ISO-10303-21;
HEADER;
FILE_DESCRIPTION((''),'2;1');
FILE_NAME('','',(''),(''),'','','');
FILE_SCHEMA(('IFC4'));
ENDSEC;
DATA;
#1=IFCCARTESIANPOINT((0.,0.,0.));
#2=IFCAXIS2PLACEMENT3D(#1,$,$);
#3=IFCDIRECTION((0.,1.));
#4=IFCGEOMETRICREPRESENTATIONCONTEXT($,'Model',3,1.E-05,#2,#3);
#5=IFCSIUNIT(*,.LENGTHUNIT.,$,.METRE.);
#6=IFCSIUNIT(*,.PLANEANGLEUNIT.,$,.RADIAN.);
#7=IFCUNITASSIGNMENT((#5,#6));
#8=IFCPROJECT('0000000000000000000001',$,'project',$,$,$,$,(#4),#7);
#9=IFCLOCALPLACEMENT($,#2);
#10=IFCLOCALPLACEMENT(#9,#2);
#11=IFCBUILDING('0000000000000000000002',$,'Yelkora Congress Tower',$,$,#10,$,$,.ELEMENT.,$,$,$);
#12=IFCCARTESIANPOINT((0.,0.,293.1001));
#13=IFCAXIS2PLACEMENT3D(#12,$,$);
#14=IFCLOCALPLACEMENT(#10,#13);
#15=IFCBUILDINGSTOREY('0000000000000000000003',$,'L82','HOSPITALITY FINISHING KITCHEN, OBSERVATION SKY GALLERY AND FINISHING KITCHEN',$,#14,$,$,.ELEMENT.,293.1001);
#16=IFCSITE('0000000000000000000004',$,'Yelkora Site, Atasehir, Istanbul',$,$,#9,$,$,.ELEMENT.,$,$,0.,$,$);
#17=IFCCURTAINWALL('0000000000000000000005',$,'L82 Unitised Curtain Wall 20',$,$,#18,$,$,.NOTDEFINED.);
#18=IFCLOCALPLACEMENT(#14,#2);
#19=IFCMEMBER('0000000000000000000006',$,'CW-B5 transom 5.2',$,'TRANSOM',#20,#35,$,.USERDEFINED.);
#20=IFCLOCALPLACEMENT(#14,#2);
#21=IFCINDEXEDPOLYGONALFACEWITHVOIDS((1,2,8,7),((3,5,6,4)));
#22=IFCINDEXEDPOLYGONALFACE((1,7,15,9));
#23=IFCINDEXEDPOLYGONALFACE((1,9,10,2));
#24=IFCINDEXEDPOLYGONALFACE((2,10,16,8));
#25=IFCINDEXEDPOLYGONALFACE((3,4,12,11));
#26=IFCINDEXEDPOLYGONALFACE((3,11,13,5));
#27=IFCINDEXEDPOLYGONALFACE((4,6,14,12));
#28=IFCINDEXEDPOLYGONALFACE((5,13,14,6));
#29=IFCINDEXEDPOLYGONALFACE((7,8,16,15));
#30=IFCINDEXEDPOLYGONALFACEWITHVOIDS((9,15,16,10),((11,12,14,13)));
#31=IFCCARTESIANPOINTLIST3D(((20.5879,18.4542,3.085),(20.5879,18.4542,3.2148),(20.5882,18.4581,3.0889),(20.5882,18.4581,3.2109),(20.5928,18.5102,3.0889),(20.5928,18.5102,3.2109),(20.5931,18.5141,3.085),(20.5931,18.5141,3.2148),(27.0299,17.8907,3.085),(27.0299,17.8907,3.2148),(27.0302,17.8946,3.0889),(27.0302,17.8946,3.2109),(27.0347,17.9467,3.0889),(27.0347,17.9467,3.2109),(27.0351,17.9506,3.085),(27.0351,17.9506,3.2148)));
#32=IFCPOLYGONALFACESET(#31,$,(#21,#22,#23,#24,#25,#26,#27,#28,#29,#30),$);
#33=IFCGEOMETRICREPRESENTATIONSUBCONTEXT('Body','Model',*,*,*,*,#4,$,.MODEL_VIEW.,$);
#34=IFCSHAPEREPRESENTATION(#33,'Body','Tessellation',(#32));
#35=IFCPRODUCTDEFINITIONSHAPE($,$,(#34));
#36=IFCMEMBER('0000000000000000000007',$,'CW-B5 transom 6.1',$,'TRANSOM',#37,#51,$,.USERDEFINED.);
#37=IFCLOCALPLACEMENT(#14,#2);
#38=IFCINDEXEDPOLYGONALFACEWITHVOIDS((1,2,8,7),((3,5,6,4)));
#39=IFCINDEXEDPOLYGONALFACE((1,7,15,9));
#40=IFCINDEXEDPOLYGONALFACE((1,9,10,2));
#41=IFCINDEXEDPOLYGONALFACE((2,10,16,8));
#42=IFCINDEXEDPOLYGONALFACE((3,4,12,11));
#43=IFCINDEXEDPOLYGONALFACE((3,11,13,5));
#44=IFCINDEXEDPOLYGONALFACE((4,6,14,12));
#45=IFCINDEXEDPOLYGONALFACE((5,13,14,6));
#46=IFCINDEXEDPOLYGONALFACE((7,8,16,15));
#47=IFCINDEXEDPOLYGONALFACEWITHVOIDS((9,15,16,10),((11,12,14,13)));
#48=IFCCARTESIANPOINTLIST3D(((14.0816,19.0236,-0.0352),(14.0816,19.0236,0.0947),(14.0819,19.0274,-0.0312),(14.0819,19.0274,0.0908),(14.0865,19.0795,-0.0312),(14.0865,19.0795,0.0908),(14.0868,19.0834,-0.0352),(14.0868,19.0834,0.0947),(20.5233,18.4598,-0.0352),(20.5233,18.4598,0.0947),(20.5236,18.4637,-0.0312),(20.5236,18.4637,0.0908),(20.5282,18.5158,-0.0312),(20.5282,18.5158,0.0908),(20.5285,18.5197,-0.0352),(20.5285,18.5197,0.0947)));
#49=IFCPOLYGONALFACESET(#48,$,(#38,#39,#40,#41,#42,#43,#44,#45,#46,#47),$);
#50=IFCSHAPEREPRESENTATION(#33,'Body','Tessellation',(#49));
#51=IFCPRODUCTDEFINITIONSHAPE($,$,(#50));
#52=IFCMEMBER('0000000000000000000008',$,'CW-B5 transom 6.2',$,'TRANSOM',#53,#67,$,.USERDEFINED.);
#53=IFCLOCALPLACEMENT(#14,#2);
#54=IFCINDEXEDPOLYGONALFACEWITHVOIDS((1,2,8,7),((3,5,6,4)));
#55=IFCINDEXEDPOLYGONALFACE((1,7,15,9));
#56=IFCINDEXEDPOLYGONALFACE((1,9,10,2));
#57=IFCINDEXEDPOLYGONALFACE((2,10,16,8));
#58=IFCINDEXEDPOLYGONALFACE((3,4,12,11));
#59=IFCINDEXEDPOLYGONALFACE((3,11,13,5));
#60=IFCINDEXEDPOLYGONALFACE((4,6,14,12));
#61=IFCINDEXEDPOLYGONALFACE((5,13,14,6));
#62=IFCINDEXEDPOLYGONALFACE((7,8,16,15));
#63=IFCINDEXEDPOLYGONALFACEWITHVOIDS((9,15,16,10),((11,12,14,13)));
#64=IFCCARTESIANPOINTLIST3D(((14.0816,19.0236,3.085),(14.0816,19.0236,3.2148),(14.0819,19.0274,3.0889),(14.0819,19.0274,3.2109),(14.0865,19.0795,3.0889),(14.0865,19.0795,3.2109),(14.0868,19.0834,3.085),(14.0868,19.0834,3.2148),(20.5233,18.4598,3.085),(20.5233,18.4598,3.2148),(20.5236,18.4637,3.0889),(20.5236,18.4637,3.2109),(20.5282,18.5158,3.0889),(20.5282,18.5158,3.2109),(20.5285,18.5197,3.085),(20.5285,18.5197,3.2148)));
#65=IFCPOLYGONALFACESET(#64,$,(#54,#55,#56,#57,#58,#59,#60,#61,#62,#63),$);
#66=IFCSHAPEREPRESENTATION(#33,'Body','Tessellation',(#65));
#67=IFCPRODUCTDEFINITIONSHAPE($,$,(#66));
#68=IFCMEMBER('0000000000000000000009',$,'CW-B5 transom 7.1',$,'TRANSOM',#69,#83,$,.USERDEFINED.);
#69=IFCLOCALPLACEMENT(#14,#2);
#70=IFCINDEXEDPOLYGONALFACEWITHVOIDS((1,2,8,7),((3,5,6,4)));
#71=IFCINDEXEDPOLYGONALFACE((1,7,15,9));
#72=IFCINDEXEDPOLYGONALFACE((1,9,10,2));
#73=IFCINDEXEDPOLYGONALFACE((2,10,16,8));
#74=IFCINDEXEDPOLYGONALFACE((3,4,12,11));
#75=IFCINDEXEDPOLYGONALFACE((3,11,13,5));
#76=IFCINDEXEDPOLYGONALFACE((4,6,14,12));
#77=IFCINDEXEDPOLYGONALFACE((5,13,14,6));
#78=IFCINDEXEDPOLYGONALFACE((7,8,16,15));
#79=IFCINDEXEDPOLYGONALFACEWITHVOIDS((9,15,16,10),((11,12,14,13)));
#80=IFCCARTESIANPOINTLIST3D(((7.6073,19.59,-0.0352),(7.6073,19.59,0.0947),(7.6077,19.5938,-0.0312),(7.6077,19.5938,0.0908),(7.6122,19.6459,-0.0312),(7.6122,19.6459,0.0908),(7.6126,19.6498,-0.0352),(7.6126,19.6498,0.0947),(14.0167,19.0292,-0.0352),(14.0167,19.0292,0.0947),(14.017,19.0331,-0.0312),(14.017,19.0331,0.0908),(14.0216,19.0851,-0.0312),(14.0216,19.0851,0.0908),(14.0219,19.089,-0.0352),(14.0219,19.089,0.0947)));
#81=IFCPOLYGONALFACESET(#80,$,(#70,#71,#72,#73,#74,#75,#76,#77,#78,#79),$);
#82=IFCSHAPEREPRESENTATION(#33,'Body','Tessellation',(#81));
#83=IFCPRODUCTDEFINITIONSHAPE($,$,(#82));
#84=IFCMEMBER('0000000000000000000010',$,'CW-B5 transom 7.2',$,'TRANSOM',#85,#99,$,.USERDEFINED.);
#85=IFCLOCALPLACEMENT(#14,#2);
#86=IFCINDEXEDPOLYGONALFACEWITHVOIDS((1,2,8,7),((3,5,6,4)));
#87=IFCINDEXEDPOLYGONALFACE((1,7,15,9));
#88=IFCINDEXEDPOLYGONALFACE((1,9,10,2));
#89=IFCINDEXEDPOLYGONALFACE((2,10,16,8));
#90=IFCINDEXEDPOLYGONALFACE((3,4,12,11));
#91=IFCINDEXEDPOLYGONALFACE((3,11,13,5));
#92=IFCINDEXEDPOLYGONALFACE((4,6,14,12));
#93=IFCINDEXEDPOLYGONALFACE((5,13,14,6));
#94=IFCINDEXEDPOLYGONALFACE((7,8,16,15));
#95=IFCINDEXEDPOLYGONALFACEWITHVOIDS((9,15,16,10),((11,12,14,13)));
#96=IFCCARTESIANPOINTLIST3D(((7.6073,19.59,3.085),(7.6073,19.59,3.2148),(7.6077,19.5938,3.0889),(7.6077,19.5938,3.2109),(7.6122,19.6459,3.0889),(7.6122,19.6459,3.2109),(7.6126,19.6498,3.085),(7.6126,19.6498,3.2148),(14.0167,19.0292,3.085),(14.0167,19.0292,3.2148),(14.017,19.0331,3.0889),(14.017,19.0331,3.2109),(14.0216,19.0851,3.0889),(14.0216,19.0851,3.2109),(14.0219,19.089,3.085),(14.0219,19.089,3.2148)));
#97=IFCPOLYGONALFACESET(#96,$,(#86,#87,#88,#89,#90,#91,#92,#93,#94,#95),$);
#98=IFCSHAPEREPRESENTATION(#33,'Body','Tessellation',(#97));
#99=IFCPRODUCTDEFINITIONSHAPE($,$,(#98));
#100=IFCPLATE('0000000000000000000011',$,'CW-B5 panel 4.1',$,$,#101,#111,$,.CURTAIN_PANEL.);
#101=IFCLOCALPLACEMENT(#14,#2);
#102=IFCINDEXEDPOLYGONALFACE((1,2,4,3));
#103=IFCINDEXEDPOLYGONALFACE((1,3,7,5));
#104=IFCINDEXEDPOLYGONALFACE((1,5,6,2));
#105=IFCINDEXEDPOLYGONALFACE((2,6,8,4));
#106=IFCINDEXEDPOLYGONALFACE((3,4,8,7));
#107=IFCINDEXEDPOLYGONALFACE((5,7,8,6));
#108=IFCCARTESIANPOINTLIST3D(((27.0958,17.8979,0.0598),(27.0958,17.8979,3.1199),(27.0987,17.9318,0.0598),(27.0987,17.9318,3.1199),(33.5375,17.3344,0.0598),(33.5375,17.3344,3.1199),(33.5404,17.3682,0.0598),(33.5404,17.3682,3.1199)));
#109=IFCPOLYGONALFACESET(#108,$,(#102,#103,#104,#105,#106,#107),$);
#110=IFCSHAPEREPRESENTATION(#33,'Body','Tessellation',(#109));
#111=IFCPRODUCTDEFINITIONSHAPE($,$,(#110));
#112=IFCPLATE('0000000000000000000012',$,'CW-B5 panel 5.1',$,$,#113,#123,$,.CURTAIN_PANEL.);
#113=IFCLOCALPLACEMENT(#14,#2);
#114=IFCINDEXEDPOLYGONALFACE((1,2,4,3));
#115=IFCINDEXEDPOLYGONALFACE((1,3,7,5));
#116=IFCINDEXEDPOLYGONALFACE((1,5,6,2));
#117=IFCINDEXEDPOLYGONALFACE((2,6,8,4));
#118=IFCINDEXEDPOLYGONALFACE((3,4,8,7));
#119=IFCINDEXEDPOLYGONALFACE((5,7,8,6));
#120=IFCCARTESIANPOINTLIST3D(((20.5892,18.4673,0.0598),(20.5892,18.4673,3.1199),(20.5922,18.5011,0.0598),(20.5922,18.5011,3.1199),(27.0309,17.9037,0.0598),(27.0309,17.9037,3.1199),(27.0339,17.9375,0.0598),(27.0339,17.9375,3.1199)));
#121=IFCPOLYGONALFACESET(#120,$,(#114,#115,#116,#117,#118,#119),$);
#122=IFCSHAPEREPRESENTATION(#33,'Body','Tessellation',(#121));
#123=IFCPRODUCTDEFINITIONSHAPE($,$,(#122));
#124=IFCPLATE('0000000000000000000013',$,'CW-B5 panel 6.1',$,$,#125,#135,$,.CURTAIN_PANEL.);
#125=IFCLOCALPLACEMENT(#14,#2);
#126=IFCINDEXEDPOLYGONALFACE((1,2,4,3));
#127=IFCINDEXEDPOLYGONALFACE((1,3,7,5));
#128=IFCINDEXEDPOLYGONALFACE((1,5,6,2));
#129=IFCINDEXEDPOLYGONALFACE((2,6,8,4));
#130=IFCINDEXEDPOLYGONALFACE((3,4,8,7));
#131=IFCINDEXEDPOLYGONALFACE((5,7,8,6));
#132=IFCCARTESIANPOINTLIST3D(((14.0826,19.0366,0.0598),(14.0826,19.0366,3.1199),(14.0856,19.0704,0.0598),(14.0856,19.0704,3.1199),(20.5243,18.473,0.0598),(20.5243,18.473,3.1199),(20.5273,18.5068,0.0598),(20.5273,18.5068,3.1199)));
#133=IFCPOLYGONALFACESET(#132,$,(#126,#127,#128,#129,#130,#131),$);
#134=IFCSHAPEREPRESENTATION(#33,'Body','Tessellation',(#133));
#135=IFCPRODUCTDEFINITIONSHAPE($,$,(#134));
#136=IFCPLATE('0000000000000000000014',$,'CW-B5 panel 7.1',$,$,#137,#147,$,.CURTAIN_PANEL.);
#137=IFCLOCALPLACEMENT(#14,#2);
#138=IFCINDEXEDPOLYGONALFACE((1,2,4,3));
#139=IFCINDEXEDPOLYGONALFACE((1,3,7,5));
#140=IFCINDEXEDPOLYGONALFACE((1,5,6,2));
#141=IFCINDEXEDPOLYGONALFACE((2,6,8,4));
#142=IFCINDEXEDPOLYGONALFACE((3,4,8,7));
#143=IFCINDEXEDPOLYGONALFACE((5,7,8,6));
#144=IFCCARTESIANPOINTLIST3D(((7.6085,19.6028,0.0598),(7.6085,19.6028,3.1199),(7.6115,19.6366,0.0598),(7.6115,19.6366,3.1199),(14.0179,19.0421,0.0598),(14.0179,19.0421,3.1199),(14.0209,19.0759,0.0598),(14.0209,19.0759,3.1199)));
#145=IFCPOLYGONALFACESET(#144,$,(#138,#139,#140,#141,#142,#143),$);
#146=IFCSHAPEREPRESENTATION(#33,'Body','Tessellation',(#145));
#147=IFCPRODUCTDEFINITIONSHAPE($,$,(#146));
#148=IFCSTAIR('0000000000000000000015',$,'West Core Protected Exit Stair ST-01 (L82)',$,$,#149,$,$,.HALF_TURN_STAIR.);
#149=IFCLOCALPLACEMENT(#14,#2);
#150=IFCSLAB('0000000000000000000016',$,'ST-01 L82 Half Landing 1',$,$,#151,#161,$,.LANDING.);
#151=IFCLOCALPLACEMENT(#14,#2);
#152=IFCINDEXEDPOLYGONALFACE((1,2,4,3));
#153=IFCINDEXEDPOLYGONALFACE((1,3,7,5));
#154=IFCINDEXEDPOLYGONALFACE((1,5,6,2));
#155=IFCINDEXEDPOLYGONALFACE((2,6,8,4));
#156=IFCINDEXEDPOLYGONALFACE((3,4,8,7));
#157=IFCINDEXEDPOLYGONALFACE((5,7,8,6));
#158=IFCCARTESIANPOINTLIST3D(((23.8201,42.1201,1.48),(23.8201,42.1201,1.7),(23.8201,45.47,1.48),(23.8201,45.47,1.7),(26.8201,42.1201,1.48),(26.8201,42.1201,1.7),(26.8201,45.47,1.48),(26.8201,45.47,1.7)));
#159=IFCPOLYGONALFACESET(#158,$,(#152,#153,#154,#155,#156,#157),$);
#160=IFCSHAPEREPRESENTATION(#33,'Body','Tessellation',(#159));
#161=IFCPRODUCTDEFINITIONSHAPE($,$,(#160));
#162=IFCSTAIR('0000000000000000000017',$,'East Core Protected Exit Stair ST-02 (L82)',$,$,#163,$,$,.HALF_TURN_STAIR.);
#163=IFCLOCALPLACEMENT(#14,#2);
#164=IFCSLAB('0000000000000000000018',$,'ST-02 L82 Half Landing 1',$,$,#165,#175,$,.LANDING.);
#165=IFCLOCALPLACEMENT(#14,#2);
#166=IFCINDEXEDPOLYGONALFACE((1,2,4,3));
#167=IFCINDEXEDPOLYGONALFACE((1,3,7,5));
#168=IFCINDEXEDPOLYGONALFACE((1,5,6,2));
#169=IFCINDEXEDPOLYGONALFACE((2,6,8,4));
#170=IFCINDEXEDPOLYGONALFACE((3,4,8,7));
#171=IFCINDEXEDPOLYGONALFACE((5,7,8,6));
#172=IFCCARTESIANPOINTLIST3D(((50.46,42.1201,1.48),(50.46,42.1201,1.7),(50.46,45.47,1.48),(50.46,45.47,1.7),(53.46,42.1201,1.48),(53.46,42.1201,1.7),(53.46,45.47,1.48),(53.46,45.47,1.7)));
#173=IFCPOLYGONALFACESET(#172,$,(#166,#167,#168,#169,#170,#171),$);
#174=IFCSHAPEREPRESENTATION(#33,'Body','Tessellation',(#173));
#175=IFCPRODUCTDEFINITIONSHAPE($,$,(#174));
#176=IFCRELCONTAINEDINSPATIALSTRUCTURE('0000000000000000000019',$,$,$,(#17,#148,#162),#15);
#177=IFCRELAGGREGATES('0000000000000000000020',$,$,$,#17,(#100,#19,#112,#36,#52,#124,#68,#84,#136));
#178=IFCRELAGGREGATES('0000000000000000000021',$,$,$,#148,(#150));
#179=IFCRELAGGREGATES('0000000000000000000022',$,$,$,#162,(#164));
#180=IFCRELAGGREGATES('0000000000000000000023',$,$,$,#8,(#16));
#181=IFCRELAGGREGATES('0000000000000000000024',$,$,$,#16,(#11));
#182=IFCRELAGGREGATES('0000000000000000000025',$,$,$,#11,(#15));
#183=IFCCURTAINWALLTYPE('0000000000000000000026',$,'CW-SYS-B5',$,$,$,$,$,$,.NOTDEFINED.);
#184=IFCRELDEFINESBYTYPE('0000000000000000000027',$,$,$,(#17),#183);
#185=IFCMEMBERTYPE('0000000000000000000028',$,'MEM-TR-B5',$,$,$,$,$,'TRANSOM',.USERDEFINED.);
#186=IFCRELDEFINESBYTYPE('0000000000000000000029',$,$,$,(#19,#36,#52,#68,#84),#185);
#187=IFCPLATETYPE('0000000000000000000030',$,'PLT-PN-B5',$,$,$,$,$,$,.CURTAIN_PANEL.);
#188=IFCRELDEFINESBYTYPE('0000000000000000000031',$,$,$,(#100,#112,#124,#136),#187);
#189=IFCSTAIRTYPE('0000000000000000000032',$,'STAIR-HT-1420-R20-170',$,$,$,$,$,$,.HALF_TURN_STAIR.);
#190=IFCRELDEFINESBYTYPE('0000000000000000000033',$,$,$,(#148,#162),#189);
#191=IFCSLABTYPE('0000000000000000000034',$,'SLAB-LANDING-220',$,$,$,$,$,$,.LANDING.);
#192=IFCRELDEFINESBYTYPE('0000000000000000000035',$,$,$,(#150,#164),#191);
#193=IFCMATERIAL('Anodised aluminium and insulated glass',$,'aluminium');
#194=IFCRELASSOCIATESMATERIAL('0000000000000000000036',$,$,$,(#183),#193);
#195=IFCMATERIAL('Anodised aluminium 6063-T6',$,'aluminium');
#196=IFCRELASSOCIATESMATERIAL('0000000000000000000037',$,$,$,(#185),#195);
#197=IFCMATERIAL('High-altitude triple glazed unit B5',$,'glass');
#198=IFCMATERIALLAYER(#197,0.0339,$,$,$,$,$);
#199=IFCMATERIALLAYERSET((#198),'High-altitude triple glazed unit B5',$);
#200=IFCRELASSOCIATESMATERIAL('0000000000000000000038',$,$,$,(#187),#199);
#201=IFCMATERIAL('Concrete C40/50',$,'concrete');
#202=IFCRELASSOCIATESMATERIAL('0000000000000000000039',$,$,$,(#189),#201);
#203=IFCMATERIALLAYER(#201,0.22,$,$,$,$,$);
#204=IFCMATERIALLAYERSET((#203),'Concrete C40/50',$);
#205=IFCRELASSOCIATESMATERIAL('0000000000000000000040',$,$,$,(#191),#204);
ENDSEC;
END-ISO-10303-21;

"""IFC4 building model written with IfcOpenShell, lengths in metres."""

from ifc_helpers import new_model, si_unit, direction, frame, origin, origin_2d, place, context, subcontext, project, spatial, polyline, rectangle, hollow_rectangle, outline, extrude, material, layer, layer_set, material_profile, profile_set, type_object, element, aggregate, save


model = new_model("IFC4")

# Units and contexts
model_context = context("Model", 3, precision=1e-05, world=origin(), true_north=direction((0.0, 1.0)))
body_context = subcontext(model_context, "Body", "Model", "MODEL_VIEW")
ifc_project = project(units=[si_unit("LENGTHUNIT", "METRE"), si_unit("PLANEANGLEUNIT", "RADIAN")], contexts=[model_context])

# Site, building, storey
site_placement = place(None, origin())
site = spatial("IfcSite", under=ifc_project, at=site_placement, Name="Yelkora Site, Atasehir, Istanbul", CompositionType="ELEMENT", RefElevation=0.0)
building_placement = place(site_placement, origin())
building = spatial("IfcBuilding", under=site, at=building_placement, Name="Yelkora Congress Tower", CompositionType="ELEMENT")
storey_placement = place(building_placement, frame((0.0, 0.0, 293.1001)))
storey = spatial("IfcBuildingStorey", under=building, at=storey_placement, Name="L82", Description="HOSPITALITY FINISHING KITCHEN, OBSERVATION SKY GALLERY AND FINISHING KITCHEN", CompositionType="ELEMENT", Elevation=293.1001)

# Curtain wall, members, plates
ifc_material_1 = material(Name="Anodised aluminium and insulated glass", Category="aluminium")
curtain_wall_type = type_object("IfcCurtainWallType", Name="CW-SYS-B5", PredefinedType="NOTDEFINED", material=ifc_material_1)
curtain_wall_placement = place(storey_placement, origin())
curtain_wall = element("IfcCurtainWall", 1, at=curtain_wall_placement, inside=storey, type_object=curtain_wall_type, Name="L82 Unitised Curtain Wall 20", PredefinedType="NOTDEFINED")
ifc_material_2 = material(Name="Anodised aluminium 6063-T6", Category="aluminium")
ifc_material_profile_1 = material_profile(ifc_material_2, hollow_rectangle(XDim=0.0601, YDim=0.1299, WallThickness=0.0039, at=origin_2d()), Name="ALU 60x130x4")
ifc_profile_set_1 = profile_set([ifc_material_profile_1], Name="Anodised aluminium 6063-T6")
member_type_1 = type_object("IfcMemberType", Name="MEM-TR-B5", ElementType="TRANSOM", PredefinedType="USERDEFINED", material=ifc_profile_set_1)
member_1_placement = place(storey_placement, frame((27.0325, 17.9207, 3.1499), z_axis=(-0.996196, 0.087138, 0.0), x_axis=(-0.087138, -0.996196, 0.0)))
member_1 = element("IfcMember", 2, at=member_1_placement, type_object=member_type_1, Name="CW-B5 transom 5.2", ObjectType="TRANSOM", PredefinedType="USERDEFINED", context=body_context, shape_type="SweptSolid", body=[
    extrude(hollow_rectangle(XDim=0.0601, YDim=0.1299, WallThickness=0.0039, at=origin_2d()), origin(), (0.0, 0.0, 1.0), 6.4666),
])
member_2_placement = place(storey_placement, frame((20.5259, 18.4897, 0.0298), z_axis=(-0.996193, 0.087179, 0.0), x_axis=(-0.087179, -0.996193, 0.0)))
member_2 = element("IfcMember", 3, at=member_2_placement, type_object=member_type_1, Name="CW-B5 transom 6.1", ObjectType="TRANSOM", PredefinedType="USERDEFINED", context=body_context, shape_type="SweptSolid", body=[
    extrude(hollow_rectangle(XDim=0.0601, YDim=0.1299, WallThickness=0.0039, at=origin_2d()), origin(), (0.0, 0.0, 1.0), 6.4663),
])
member_3_placement = place(storey_placement, frame((20.5259, 18.4897, 3.1499), z_axis=(-0.996193, 0.087179, 0.0), x_axis=(-0.087179, -0.996193, 0.0)))
member_3 = element("IfcMember", 4, at=member_3_placement, type_object=member_type_1, Name="CW-B5 transom 6.2", ObjectType="TRANSOM", PredefinedType="USERDEFINED", context=body_context, shape_type="SweptSolid", body=[
    extrude(hollow_rectangle(XDim=0.0601, YDim=0.1299, WallThickness=0.0039, at=origin_2d()), origin(), (0.0, 0.0, 1.0), 6.4663),
])
member_4_placement = place(storey_placement, frame((14.0193, 19.0591, 0.0298), z_axis=(-0.996194, 0.087162, 0.0), x_axis=(-0.087162, -0.996194, 0.0)))
member_4 = element("IfcMember", 5, at=member_4_placement, type_object=member_type_1, Name="CW-B5 transom 7.1", ObjectType="TRANSOM", PredefinedType="USERDEFINED", context=body_context, shape_type="SweptSolid", body=[
    extrude(hollow_rectangle(XDim=0.0601, YDim=0.1299, WallThickness=0.0039, at=origin_2d()), origin(), (0.0, 0.0, 1.0), 6.4338),
])
member_5_placement = place(storey_placement, frame((14.0193, 19.0591, 3.1499), z_axis=(-0.996194, 0.087162, 0.0), x_axis=(-0.087162, -0.996194, 0.0)))
member_5 = element("IfcMember", 6, at=member_5_placement, type_object=member_type_1, Name="CW-B5 transom 7.2", ObjectType="TRANSOM", PredefinedType="USERDEFINED", context=body_context, shape_type="SweptSolid", body=[
    extrude(hollow_rectangle(XDim=0.0601, YDim=0.1299, WallThickness=0.0039, at=origin_2d()), origin(), (0.0, 0.0, 1.0), 6.4338),
])
ifc_material_3 = material(Name="High-altitude triple glazed unit B5", Category="glass")
ifc_layer_1 = layer(ifc_material_3, 0.0339)
ifc_layer_set_1 = layer_set([ifc_layer_1], Name="High-altitude triple glazed unit B5")
plate_type = type_object("IfcPlateType", Name="PLT-PN-B5", PredefinedType="CURTAIN_PANEL", material=ifc_layer_set_1)
plate_1_placement = place(storey_placement, frame((30.3181, 17.6331, 0.0598), z_axis=(0.0, 0.0, 1.0), x_axis=(-0.996195, 0.087157, 0.0)))
plate_1 = element("IfcPlate", 7, at=plate_1_placement, type_object=plate_type, Name="CW-B5 panel 4.1", PredefinedType="CURTAIN_PANEL", context=body_context, shape_type="SweptSolid", body=[
    extrude(rectangle(XDim=6.4663, YDim=0.0339, at=origin_2d()), origin(), (0.0, 0.0, 1.0), 3.0601),
])
plate_2_placement = place(storey_placement, frame((23.8115, 18.2024, 0.0598), z_axis=(0.0, 0.0, 1.0), x_axis=(-0.996195, 0.087157, 0.0)))
plate_2 = element("IfcPlate", 8, at=plate_2_placement, type_object=plate_type, Name="CW-B5 panel 5.1", PredefinedType="CURTAIN_PANEL", context=body_context, shape_type="SweptSolid", body=[
    extrude(rectangle(XDim=6.4663, YDim=0.0339, at=origin_2d()), origin(), (0.0, 0.0, 1.0), 3.0601),
])
plate_3_placement = place(storey_placement, frame((17.3049, 18.7717, 0.0598), z_axis=(0.0, 0.0, 1.0), x_axis=(-0.996195, 0.087157, 0.0)))
plate_3 = element("IfcPlate", 9, at=plate_3_placement, type_object=plate_type, Name="CW-B5 panel 6.1", PredefinedType="CURTAIN_PANEL", context=body_context, shape_type="SweptSolid", body=[
    extrude(rectangle(XDim=6.4663, YDim=0.0339, at=origin_2d()), origin(), (0.0, 0.0, 1.0), 3.0601),
])
plate_4_placement = place(storey_placement, frame((10.8147, 19.3394, 0.0598), z_axis=(0.0, 0.0, 1.0), x_axis=(-0.996195, 0.087157, 0.0)))
plate_4 = element("IfcPlate", 10, at=plate_4_placement, type_object=plate_type, Name="CW-B5 panel 7.1", PredefinedType="CURTAIN_PANEL", context=body_context, shape_type="SweptSolid", body=[
    extrude(rectangle(XDim=6.4338, YDim=0.0339, at=origin_2d()), origin(), (0.0, 0.0, 1.0), 3.0601),
])
aggregate(curtain_wall, [plate_1, member_1, plate_2, member_2, member_3, plate_3, member_4, member_5, plate_4])

# Stairs, slabs
ifc_material_4 = material(Name="Concrete C40/50", Category="concrete")
stair_type = type_object("IfcStairType", Name="STAIR-HT-1420-R20-170", PredefinedType="HALF_TURN_STAIR", material=ifc_material_4)
stair_1_placement = place(storey_placement, origin())
stair_1 = element("IfcStair", 11, at=stair_1_placement, inside=storey, type_object=stair_type, Name="West Core Protected Exit Stair ST-01 (L82)", PredefinedType="HALF_TURN_STAIR")
ifc_layer_2 = layer(ifc_material_4, 0.22)
ifc_layer_set_2 = layer_set([ifc_layer_2], Name="Concrete C40/50")
slab_type_1 = type_object("IfcSlabType", Name="SLAB-LANDING-220", PredefinedType="LANDING", material=ifc_layer_set_2)
slab_1_placement = place(storey_placement, frame((0.0, 0.0, 1.48)))
slab_1 = element("IfcSlab", 12, at=slab_1_placement, type_object=slab_type_1, Name="ST-01 L82 Half Landing 1", PredefinedType="LANDING", context=body_context, shape_type="SweptSolid", body=[
    extrude(outline(polyline([(26.8201, 42.1201), (26.8201, 45.47), (23.8201, 45.47), (23.8201, 42.1201), (26.8201, 42.1201)])), origin(), (0.0, 0.0, 1.0), 0.22),
])
aggregate(stair_1, [slab_1])
stair_2_placement = place(storey_placement, origin())
stair_2 = element("IfcStair", 13, at=stair_2_placement, inside=storey, type_object=stair_type, Name="East Core Protected Exit Stair ST-02 (L82)", PredefinedType="HALF_TURN_STAIR")
slab_2_placement = place(storey_placement, frame((0.0, 0.0, 1.48)))
slab_2 = element("IfcSlab", 14, at=slab_2_placement, type_object=slab_type_1, Name="ST-02 L82 Half Landing 1", PredefinedType="LANDING", context=body_context, shape_type="SweptSolid", body=[
    extrude(outline(polyline([(53.46, 42.1201), (53.46, 45.47), (50.46, 45.47), (50.46, 42.1201), (53.46, 42.1201)])), origin(), (0.0, 0.0, 1.0), 0.22),
])
aggregate(stair_2, [slab_2])

save(model, "model.ifc")
